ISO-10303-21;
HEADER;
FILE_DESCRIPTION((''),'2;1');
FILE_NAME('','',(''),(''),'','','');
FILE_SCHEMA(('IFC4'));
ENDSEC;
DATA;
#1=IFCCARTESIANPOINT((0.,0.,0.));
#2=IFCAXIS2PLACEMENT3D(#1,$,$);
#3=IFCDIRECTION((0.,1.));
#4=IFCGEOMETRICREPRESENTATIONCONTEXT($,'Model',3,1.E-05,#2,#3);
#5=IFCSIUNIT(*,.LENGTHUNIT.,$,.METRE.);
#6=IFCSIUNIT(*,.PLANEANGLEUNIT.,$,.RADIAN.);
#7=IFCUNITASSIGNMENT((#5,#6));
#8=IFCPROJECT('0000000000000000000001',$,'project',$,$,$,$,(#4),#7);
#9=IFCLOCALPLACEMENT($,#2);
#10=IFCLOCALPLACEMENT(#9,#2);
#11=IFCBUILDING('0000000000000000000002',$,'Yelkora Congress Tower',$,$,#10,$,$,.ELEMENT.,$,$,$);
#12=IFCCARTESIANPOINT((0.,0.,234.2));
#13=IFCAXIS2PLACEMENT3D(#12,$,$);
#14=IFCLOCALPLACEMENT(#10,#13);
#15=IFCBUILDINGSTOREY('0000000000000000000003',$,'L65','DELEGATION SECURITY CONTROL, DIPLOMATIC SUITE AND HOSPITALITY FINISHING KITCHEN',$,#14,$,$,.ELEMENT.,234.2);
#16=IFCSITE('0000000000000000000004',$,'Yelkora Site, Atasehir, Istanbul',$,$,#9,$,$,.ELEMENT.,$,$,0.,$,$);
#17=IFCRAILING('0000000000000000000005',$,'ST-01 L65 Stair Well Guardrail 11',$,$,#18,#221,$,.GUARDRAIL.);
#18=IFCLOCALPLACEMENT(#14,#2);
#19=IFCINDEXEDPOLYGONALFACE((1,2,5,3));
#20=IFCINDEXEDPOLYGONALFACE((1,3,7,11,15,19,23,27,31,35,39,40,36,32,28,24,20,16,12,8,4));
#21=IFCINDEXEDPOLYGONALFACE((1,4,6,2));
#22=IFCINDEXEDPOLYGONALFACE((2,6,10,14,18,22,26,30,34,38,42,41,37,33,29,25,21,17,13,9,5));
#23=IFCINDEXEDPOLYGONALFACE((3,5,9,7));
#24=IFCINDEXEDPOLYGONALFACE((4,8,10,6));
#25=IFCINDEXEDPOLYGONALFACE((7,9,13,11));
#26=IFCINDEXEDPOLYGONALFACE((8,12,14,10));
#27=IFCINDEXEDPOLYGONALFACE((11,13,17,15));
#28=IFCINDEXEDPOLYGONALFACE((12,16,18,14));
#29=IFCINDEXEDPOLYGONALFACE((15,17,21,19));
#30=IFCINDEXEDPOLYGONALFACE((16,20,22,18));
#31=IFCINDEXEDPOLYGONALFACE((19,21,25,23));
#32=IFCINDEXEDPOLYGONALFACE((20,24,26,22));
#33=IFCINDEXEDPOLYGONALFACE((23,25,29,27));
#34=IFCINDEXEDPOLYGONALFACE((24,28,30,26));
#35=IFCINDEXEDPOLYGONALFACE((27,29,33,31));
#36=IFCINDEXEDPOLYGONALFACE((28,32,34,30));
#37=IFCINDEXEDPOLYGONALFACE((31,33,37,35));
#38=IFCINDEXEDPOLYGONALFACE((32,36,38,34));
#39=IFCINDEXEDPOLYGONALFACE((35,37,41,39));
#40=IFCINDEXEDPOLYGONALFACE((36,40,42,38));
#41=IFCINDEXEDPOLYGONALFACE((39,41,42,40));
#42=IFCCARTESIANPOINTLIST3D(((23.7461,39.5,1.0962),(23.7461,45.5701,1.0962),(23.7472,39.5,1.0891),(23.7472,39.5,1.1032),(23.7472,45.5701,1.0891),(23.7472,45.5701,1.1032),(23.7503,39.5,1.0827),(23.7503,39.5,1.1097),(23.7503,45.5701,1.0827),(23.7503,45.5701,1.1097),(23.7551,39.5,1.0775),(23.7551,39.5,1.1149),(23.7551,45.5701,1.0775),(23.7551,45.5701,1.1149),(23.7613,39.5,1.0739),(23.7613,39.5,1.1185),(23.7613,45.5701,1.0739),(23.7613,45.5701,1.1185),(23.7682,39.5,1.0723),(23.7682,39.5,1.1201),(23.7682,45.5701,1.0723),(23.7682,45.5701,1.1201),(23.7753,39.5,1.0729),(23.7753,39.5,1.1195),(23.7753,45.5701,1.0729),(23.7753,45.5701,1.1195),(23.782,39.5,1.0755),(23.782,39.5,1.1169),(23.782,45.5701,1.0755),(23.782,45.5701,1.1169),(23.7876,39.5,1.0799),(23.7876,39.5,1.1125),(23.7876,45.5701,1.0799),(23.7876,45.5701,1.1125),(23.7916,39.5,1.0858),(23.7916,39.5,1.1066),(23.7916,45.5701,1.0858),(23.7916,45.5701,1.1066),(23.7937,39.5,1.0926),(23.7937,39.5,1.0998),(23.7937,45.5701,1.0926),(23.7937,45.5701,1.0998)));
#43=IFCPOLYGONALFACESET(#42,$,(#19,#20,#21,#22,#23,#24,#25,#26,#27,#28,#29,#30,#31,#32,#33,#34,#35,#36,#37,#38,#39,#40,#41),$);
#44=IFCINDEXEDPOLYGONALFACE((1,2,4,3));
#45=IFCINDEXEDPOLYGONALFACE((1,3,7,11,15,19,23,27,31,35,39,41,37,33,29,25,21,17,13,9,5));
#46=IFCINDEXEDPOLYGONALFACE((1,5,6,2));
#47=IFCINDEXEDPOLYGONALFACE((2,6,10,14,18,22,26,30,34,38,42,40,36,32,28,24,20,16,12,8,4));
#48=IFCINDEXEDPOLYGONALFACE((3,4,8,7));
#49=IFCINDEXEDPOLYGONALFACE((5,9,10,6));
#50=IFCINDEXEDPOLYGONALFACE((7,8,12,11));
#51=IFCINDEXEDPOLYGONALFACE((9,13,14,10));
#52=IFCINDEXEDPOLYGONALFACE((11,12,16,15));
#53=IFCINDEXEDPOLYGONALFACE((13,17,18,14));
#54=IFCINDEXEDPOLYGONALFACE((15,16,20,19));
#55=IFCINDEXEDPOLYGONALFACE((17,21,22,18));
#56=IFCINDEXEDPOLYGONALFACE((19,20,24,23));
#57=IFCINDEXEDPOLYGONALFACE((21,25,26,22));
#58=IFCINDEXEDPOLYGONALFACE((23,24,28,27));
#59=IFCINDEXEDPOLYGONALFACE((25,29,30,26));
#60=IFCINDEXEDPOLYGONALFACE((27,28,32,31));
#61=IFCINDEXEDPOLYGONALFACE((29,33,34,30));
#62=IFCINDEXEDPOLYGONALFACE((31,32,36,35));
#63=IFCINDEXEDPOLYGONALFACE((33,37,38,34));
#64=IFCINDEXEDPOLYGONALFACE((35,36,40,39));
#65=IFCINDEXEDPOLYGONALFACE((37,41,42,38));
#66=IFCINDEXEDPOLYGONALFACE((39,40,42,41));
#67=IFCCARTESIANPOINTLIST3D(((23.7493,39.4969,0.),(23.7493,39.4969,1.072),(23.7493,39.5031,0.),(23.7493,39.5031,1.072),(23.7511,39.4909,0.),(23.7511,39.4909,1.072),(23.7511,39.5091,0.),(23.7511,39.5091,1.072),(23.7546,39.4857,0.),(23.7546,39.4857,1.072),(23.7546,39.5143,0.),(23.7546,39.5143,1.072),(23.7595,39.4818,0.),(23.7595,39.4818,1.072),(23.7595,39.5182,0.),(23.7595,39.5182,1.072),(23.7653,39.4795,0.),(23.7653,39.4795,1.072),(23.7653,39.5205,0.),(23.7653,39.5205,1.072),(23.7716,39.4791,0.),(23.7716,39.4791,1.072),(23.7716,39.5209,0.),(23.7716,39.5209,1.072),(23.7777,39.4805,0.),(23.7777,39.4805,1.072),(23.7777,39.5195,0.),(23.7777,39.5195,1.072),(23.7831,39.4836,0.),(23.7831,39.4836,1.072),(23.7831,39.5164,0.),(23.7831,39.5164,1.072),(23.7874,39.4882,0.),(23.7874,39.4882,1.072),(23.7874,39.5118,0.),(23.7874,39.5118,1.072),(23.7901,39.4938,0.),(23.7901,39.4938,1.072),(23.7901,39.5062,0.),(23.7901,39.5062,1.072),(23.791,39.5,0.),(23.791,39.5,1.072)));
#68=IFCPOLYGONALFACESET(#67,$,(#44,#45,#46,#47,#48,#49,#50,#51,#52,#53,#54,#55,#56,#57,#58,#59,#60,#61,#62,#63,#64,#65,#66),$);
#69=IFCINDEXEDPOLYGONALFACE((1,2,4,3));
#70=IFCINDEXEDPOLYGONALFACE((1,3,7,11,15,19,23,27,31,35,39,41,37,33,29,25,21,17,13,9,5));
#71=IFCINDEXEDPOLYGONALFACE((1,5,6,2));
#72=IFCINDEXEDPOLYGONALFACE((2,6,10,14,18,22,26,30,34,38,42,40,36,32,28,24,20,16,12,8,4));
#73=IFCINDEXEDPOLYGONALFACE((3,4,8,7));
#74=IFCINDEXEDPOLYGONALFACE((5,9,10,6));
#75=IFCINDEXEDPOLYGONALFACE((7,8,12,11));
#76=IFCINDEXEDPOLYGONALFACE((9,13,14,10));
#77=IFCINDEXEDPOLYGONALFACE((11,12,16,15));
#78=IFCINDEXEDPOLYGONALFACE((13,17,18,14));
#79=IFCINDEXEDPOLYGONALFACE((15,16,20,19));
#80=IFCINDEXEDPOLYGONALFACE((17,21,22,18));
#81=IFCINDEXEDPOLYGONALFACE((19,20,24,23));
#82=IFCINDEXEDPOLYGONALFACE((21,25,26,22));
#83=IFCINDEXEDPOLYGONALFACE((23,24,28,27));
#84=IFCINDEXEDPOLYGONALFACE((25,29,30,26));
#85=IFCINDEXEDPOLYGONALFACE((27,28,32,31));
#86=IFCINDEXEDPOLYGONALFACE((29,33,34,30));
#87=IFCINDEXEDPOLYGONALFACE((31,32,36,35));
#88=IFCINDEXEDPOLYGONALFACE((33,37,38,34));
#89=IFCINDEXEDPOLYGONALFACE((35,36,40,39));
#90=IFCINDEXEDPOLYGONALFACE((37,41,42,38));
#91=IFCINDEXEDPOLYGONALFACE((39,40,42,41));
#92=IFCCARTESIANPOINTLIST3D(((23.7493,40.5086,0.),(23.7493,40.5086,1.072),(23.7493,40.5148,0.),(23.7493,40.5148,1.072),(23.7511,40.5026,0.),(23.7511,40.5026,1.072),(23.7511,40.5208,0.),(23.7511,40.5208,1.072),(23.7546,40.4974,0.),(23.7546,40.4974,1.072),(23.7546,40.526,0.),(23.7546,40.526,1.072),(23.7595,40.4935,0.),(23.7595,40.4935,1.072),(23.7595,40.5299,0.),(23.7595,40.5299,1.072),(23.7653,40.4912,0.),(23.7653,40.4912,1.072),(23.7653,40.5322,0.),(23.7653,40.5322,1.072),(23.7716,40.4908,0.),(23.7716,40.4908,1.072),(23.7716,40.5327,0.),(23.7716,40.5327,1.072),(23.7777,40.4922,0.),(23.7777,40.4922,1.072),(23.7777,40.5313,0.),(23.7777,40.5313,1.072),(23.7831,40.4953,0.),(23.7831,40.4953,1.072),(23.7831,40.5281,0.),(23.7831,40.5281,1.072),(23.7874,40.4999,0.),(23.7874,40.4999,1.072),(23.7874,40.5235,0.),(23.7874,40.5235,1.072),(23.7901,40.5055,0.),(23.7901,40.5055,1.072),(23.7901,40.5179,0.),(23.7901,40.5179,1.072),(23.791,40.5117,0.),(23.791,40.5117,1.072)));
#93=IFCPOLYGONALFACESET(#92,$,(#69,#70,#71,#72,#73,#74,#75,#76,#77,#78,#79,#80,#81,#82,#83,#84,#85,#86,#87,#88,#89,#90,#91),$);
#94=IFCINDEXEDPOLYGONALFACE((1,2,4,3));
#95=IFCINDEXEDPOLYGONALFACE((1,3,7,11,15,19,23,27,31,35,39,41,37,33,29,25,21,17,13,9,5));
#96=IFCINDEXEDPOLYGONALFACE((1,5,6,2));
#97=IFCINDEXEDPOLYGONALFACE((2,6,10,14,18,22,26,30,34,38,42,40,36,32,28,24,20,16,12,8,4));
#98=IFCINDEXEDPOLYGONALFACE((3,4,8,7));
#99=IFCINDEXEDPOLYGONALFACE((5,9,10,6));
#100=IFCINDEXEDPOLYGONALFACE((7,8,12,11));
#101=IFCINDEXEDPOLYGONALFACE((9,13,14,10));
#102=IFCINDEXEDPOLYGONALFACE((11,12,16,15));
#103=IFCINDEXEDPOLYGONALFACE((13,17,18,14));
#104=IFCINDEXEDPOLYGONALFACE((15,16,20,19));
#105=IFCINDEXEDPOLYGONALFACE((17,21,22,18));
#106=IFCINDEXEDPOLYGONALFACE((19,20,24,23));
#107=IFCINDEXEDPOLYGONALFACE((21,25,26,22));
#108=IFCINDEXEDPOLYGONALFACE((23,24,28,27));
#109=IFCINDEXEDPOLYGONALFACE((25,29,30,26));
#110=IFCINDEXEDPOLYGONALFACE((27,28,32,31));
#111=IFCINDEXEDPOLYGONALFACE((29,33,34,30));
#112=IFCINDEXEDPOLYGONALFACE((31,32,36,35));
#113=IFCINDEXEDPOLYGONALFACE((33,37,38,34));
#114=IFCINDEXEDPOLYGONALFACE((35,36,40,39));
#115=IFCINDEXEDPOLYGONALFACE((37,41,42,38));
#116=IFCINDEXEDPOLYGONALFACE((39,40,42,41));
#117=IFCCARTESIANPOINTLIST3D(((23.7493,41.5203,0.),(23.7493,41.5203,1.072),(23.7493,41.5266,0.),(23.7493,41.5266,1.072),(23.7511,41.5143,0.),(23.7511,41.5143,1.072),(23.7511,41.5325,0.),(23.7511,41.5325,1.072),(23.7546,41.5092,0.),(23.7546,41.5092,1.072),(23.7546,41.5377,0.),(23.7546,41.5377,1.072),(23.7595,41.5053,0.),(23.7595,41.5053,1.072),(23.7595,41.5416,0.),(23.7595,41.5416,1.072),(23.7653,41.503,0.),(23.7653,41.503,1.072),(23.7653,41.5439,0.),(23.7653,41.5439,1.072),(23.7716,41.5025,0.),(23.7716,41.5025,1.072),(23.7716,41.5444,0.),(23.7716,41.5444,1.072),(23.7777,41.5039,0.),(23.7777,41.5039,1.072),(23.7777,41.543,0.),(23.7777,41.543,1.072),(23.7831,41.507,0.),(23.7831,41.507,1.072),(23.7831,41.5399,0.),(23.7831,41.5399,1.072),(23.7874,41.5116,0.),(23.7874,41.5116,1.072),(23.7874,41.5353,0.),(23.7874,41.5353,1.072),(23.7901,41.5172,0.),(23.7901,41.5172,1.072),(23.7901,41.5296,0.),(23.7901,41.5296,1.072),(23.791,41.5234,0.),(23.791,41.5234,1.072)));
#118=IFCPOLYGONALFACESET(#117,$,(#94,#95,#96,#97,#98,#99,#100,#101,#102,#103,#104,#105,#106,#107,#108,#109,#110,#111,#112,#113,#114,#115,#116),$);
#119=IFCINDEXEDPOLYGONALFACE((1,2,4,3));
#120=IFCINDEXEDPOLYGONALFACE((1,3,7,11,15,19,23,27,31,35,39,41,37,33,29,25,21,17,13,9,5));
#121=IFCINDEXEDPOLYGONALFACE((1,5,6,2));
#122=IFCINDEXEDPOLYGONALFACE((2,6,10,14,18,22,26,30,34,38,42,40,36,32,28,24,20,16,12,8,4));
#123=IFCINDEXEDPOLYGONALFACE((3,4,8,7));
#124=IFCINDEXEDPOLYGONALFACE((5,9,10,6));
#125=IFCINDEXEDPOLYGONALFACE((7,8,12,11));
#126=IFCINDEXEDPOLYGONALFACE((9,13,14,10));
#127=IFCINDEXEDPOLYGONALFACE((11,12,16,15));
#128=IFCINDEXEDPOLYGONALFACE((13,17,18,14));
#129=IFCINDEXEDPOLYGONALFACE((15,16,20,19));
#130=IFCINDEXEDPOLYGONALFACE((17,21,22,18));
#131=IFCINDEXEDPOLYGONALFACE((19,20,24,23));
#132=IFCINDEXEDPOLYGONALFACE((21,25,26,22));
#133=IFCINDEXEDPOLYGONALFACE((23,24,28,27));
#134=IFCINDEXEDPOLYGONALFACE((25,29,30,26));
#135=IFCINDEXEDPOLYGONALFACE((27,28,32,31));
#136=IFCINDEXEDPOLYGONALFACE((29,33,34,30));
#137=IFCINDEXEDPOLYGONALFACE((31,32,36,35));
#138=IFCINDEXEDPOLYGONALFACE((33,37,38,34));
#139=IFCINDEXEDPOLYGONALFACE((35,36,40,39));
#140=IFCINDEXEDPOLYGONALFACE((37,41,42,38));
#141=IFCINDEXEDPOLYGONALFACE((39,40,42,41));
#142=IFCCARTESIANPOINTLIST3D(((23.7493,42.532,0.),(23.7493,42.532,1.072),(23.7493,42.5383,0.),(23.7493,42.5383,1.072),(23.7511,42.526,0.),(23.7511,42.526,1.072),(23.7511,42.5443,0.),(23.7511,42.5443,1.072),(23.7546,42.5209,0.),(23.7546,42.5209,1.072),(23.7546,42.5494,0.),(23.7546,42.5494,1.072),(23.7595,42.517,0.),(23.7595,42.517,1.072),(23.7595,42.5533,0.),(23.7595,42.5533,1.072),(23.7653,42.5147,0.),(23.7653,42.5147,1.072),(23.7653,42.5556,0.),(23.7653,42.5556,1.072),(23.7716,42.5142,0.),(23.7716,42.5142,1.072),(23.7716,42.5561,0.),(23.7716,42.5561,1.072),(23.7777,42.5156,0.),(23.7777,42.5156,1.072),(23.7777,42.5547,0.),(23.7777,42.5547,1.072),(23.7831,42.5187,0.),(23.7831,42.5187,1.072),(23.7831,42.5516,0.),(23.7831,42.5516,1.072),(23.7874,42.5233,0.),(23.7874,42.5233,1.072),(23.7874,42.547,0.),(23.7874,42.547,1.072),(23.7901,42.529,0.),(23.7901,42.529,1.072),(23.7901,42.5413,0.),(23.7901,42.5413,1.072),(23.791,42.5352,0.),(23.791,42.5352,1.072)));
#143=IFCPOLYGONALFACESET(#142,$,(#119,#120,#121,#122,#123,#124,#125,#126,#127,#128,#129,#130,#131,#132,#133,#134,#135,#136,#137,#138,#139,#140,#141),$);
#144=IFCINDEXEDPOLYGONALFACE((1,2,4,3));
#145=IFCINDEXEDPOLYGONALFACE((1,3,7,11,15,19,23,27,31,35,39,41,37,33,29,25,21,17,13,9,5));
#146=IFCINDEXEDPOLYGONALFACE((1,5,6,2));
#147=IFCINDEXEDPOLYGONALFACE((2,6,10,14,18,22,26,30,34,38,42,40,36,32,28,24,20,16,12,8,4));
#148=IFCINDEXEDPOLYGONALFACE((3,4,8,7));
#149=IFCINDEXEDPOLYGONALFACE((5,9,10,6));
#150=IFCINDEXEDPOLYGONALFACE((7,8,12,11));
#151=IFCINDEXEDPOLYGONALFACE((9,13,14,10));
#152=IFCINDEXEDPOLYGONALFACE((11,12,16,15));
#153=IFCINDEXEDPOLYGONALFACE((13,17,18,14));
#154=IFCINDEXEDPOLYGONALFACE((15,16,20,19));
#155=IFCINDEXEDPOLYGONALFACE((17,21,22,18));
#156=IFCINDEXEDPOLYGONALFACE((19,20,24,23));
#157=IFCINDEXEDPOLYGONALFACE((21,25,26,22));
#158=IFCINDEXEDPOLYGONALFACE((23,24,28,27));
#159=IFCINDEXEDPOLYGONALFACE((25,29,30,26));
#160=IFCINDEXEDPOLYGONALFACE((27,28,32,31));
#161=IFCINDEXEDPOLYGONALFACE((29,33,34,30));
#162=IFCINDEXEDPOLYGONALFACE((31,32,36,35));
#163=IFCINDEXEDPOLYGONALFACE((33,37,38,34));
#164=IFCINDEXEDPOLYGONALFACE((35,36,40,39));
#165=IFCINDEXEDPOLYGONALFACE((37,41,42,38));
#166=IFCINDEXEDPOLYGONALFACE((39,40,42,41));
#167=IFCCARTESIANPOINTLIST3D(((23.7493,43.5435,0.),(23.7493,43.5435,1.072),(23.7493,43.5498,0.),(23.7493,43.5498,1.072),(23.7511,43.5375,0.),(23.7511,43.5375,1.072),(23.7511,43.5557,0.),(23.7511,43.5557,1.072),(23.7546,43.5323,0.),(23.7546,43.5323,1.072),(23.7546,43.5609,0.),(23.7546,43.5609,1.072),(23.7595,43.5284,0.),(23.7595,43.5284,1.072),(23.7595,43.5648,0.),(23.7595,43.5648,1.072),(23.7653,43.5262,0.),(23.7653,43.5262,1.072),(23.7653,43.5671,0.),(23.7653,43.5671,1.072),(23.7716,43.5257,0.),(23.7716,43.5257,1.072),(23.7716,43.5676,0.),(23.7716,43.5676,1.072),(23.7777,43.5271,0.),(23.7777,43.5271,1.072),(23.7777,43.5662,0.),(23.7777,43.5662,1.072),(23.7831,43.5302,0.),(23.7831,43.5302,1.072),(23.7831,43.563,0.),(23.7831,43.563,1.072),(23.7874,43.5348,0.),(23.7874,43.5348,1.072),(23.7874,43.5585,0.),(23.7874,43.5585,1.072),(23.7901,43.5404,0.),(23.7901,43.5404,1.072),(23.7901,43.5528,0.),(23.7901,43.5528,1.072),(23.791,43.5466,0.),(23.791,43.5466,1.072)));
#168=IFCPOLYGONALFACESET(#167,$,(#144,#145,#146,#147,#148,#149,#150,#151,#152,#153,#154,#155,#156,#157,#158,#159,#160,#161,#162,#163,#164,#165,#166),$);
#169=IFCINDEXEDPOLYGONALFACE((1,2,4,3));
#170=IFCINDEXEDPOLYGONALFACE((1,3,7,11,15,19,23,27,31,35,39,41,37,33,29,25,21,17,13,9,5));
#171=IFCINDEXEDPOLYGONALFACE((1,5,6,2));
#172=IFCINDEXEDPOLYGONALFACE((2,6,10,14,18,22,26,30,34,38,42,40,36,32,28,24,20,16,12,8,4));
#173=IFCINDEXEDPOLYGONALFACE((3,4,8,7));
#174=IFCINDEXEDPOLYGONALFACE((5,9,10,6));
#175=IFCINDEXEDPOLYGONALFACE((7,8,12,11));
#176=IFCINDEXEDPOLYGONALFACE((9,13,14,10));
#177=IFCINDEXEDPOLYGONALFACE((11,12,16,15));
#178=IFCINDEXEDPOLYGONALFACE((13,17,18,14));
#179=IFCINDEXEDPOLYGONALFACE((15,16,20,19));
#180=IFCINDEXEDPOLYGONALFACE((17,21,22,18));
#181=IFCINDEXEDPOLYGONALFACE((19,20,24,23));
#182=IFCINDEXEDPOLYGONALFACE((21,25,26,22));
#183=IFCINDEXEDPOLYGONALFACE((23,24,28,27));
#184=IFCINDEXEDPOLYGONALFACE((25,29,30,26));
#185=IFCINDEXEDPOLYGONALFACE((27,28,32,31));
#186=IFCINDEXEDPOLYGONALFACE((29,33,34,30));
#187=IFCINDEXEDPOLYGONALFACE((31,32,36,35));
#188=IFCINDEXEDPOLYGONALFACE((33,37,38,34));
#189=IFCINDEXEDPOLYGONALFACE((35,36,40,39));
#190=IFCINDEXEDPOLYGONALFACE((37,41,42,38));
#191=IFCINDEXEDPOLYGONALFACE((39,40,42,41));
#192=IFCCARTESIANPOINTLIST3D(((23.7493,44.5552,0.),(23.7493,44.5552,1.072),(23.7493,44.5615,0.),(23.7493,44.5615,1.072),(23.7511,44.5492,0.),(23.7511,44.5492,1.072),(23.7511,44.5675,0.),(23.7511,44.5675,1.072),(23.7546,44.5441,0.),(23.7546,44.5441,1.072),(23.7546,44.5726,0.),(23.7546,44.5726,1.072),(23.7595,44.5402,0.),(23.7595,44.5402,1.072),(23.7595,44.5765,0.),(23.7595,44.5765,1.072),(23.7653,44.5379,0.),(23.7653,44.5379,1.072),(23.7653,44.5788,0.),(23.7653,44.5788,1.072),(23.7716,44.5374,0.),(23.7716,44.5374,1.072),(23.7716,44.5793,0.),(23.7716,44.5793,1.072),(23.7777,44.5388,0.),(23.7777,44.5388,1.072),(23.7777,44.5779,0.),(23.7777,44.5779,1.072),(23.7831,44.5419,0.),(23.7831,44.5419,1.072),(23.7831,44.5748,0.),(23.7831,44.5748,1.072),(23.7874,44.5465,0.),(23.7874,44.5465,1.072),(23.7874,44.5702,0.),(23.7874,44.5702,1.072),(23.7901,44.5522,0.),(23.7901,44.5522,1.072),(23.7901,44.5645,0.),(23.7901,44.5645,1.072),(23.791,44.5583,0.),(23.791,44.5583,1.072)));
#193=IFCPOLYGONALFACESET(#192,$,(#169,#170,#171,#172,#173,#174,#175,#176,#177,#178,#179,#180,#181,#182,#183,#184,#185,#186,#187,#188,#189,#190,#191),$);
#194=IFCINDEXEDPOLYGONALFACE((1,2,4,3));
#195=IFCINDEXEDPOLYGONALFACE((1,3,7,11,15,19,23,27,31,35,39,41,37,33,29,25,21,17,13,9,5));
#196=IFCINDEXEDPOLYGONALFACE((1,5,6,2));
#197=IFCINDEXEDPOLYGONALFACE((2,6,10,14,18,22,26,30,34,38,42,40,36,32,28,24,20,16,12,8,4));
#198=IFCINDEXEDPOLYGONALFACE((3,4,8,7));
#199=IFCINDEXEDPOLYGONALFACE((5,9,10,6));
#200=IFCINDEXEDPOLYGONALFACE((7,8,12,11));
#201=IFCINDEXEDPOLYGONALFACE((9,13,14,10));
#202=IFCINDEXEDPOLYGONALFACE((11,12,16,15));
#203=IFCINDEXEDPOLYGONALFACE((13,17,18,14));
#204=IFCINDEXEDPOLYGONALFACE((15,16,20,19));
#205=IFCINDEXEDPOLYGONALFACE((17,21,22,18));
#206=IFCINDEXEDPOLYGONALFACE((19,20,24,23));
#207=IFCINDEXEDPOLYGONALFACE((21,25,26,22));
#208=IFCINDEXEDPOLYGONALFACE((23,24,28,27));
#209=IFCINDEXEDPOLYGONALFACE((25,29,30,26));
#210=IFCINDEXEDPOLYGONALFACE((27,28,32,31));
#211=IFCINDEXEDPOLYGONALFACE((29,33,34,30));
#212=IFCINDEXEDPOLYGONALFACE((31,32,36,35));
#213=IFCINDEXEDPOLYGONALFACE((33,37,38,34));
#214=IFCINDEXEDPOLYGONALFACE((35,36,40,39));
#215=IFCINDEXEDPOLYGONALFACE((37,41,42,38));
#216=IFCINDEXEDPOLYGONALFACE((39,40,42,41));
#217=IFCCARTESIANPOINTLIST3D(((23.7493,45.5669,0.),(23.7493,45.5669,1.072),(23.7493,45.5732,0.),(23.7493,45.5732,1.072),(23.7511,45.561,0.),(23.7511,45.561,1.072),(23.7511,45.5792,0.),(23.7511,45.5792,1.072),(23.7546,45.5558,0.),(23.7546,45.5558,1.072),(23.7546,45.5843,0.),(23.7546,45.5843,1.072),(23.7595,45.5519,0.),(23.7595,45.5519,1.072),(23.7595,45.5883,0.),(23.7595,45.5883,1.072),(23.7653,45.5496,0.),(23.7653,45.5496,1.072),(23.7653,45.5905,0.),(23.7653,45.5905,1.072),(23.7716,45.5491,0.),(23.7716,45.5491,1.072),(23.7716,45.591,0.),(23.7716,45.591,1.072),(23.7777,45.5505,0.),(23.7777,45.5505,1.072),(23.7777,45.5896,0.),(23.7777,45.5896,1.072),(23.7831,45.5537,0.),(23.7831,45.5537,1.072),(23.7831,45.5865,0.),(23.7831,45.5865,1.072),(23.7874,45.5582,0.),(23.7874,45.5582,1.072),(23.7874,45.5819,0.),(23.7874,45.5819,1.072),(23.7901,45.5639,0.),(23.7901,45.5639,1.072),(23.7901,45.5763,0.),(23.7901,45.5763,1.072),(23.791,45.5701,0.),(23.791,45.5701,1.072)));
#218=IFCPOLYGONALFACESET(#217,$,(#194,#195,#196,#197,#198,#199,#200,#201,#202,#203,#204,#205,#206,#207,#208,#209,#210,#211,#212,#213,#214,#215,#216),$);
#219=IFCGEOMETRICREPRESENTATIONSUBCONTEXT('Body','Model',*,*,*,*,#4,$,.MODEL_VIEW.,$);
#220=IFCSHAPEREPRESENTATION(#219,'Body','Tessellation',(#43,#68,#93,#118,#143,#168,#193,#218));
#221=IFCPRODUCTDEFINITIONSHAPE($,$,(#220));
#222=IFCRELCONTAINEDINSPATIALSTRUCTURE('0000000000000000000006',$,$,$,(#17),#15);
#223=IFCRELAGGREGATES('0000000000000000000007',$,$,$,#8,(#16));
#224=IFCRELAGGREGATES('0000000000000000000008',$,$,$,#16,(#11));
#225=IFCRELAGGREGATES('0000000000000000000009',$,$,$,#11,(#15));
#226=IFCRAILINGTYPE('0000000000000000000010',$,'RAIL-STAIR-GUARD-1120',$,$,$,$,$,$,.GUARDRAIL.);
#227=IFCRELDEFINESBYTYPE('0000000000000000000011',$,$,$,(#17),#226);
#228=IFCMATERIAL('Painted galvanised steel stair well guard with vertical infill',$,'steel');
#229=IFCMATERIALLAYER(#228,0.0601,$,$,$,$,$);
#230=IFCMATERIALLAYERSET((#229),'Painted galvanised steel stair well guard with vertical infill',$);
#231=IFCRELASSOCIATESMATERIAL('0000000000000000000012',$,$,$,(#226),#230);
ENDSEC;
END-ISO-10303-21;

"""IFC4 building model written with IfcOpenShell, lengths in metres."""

from ifc_helpers import new_model, si_unit, direction, frame, origin, origin_2d, place, context, subcontext, project, spatial, circle, extrude, material, layer, layer_set, type_object, element, save


model = new_model("IFC4")

# Units and contexts
model_context = context("Model", 3, precision=1e-05, world=origin(), true_north=direction((0.0, 1.0)))
body_context = subcontext(model_context, "Body", "Model", "MODEL_VIEW")
ifc_project = project(units=[si_unit("LENGTHUNIT", "METRE"), si_unit("PLANEANGLEUNIT", "RADIAN")], contexts=[model_context])

# Site, building, storey
site_placement = place(None, origin())
site = spatial("IfcSite", under=ifc_project, at=site_placement, Name="Yelkora Site, Atasehir, Istanbul", CompositionType="ELEMENT", RefElevation=0.0)
building_placement = place(site_placement, origin())
building = spatial("IfcBuilding", under=site, at=building_placement, Name="Yelkora Congress Tower", CompositionType="ELEMENT")
storey_placement = place(building_placement, frame((0.0, 0.0, 234.2)))
storey = spatial("IfcBuildingStorey", under=building, at=storey_placement, Name="L65", Description="DELEGATION SECURITY CONTROL, DIPLOMATIC SUITE AND HOSPITALITY FINISHING KITCHEN", CompositionType="ELEMENT", Elevation=234.2)

# Railing
ifc_material_1 = material(Name="Painted galvanised steel stair well guard with vertical infill", Category="steel")
ifc_layer_1 = layer(ifc_material_1, 0.0601)
ifc_layer_set_1 = layer_set([ifc_layer_1], Name="Painted galvanised steel stair well guard with vertical infill")
railing_type_1 = type_object("IfcRailingType", Name="RAIL-STAIR-GUARD-1120", PredefinedType="GUARDRAIL", material=ifc_layer_set_1)
railing_1_placement = place(storey_placement, frame((23.77, 39.5, 0.0)))
element("IfcRailing", 1, at=railing_1_placement, inside=storey, type_object=railing_type_1, Name="ST-01 L65 Stair Well Guardrail 11", PredefinedType="GUARDRAIL", context=body_context, shape_type="SweptSolid", body=[
    extrude(circle(Radius=0.0239, at=origin_2d()), frame((0.0, 0.0, 1.0962), z_axis=(0.0, 1.0, 0.0), x_axis=(-1.0, 0.0, 0.0)), (0.0, 0.0, 1.0), 6.0701),
    extrude(circle(Radius=0.021, at=origin_2d()), origin(), (0.0, 0.0, 1.0), 1.072),
    extrude(circle(Radius=0.021, at=origin_2d()), frame((0.0, 1.0117, 0.0)), (0.0, 0.0, 1.0), 1.072),
    extrude(circle(Radius=0.021, at=origin_2d()), frame((0.0, 2.0234, 0.0)), (0.0, 0.0, 1.0), 1.072),
    extrude(circle(Radius=0.021, at=origin_2d()), frame((0.0, 3.0352, 0.0)), (0.0, 0.0, 1.0), 1.072),
    extrude(circle(Radius=0.021, at=origin_2d()), frame((0.0, 4.0466, 0.0)), (0.0, 0.0, 1.0), 1.072),
    extrude(circle(Radius=0.021, at=origin_2d()), frame((0.0, 5.0583, 0.0)), (0.0, 0.0, 1.0), 1.072),
    extrude(circle(Radius=0.021, at=origin_2d()), frame((0.0, 6.0701, 0.0)), (0.0, 0.0, 1.0), 1.072),
])

save(model, "model.ifc")
